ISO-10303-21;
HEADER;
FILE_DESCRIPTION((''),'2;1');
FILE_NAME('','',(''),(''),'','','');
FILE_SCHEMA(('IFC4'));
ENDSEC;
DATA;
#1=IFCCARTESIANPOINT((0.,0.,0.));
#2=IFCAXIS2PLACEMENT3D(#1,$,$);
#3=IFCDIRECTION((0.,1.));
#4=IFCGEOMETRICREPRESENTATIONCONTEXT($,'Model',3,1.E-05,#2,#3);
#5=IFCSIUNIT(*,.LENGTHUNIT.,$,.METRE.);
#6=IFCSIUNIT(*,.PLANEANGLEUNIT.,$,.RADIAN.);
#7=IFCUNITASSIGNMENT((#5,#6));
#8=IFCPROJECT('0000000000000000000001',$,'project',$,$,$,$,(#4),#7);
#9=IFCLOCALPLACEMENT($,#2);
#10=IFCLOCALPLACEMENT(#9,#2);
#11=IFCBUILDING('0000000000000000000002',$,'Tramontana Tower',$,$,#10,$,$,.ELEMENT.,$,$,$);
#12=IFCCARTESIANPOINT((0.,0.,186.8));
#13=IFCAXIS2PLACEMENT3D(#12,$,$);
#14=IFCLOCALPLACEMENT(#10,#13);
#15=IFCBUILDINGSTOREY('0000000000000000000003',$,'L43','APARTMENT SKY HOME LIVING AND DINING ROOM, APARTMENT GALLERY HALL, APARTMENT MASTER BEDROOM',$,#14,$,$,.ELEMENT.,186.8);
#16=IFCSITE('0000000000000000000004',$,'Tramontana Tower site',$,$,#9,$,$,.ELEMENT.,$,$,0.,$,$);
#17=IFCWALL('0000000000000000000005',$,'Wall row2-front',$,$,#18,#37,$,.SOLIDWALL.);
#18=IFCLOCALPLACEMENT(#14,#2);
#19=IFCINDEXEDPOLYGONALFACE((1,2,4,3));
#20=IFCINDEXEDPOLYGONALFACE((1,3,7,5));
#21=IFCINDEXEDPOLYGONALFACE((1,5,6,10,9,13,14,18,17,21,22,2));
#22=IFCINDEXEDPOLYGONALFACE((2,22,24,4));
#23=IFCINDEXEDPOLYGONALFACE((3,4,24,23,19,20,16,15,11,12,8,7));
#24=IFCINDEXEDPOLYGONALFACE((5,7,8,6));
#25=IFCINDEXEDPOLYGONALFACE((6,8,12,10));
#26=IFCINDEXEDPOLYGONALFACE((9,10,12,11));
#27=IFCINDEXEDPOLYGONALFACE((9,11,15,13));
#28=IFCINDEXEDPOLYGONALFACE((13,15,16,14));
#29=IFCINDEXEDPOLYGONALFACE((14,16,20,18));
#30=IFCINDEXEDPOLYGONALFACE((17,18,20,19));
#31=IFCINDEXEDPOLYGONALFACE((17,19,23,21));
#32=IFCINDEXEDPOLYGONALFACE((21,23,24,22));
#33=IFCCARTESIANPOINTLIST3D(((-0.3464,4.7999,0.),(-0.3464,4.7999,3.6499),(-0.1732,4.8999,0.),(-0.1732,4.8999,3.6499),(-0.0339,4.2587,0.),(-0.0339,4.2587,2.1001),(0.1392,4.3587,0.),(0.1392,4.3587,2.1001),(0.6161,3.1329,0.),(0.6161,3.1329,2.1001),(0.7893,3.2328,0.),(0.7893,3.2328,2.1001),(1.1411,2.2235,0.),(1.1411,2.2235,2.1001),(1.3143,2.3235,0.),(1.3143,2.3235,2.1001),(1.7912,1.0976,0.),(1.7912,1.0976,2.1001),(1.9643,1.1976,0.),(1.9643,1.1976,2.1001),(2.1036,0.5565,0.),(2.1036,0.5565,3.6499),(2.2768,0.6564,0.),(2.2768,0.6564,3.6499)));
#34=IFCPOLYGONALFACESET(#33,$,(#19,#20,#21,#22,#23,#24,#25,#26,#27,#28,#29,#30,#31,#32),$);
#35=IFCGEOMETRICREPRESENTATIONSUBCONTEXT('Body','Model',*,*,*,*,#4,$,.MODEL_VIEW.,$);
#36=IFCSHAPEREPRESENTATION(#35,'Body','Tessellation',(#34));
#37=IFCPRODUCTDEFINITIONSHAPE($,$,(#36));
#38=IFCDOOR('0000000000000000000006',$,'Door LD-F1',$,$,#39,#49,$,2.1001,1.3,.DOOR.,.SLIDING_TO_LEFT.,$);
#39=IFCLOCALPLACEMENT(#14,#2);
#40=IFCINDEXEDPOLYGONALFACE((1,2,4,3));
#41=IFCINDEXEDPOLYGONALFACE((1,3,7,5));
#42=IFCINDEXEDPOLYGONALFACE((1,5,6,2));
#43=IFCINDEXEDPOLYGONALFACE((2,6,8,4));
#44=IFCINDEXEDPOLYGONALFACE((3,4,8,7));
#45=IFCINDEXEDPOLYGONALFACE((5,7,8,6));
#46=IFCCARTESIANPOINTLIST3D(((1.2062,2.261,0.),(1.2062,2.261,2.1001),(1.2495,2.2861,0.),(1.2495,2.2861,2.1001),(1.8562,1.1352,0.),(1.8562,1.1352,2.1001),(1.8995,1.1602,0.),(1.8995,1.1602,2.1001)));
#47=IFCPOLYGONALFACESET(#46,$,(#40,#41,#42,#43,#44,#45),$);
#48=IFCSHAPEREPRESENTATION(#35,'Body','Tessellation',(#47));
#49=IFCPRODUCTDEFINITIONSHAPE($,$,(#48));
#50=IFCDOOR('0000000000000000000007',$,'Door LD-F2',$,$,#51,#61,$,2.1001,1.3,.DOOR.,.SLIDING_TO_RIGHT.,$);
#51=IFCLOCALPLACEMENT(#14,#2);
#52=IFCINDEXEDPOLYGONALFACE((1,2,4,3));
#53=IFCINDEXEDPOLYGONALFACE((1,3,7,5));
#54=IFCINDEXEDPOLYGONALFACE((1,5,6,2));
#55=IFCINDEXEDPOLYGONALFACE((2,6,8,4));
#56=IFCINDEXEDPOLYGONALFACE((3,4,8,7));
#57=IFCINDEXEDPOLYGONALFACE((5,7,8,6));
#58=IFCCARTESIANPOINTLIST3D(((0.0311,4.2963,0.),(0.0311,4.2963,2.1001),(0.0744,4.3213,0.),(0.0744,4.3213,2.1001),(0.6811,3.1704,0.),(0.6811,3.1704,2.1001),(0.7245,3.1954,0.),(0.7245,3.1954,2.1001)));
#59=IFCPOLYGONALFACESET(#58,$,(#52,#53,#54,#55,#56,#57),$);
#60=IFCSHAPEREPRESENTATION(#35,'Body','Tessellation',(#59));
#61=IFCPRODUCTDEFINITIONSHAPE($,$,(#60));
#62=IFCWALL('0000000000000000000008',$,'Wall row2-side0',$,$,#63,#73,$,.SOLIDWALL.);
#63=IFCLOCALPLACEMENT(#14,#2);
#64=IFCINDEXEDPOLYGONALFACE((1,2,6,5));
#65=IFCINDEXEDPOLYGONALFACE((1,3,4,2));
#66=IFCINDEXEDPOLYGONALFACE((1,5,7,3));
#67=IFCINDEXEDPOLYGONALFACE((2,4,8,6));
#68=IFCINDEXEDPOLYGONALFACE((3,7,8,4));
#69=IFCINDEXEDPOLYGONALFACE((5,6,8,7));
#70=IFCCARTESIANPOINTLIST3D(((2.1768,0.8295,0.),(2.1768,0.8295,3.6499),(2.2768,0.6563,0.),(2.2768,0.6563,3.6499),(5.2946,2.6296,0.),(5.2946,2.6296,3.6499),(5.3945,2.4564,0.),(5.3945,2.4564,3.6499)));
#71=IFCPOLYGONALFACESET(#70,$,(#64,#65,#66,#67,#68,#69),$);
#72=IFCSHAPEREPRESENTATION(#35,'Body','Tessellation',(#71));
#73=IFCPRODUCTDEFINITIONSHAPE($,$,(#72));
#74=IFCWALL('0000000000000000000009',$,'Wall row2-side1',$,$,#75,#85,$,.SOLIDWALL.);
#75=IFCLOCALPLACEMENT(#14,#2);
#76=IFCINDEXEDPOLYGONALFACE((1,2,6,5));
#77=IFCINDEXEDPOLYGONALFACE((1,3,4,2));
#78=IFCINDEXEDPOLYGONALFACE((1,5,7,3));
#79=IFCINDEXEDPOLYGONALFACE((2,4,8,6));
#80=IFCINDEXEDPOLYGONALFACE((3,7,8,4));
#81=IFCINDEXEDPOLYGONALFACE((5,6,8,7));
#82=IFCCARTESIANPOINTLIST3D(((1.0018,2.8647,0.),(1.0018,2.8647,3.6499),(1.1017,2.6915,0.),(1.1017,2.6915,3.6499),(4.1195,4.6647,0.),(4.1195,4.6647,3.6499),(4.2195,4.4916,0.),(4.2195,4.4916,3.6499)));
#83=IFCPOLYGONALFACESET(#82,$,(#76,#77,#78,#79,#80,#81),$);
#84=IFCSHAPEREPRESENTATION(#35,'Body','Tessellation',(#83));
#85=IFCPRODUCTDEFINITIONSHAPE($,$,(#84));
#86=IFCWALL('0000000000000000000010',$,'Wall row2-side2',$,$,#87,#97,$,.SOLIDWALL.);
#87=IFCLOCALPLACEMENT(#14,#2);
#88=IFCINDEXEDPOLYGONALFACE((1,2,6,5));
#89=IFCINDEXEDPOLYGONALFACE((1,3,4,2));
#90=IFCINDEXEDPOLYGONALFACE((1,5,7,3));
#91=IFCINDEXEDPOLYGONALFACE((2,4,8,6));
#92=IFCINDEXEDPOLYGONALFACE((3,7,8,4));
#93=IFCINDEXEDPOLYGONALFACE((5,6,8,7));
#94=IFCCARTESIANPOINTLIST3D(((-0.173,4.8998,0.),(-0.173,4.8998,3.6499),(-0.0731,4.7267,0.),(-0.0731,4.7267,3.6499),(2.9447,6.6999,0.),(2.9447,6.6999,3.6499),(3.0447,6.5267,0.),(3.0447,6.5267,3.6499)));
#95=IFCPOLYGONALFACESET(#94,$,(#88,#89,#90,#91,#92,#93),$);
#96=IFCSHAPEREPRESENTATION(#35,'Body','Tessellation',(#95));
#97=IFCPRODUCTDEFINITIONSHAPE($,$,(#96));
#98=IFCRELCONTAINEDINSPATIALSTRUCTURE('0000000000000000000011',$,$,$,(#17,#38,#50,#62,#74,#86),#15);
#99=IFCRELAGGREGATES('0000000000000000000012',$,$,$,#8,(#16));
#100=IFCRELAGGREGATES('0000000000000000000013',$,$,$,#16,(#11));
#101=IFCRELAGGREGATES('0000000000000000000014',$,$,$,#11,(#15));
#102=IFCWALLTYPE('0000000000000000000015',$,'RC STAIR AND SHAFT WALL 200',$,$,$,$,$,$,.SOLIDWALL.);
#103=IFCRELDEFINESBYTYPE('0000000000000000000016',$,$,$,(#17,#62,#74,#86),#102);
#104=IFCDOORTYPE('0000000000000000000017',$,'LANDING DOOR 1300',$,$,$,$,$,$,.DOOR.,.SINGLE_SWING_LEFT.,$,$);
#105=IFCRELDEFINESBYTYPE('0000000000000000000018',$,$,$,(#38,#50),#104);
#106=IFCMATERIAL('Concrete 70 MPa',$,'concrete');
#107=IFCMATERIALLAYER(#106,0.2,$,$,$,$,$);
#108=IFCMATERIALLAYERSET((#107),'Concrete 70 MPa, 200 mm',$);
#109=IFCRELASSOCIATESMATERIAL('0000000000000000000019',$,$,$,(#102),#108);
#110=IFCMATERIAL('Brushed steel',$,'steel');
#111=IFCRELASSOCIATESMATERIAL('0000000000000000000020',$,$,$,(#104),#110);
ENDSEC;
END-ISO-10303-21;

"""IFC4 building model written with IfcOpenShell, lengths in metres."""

from ifc_helpers import new_model, si_unit, direction, frame, frame_2d, origin, place, context, subcontext, project, spatial, rectangle, extrude, material, layer, layer_set, type_object, element, fill, save


model = new_model("IFC4")

# Units and contexts
model_context = context("Model", 3, precision=1e-05, world=origin(), true_north=direction((0.0, 1.0)))
body_context = subcontext(model_context, "Body", "Model", "MODEL_VIEW")
ifc_project = project(units=[si_unit("LENGTHUNIT", "METRE"), si_unit("PLANEANGLEUNIT", "RADIAN")], contexts=[model_context])

# Site, building, storey
site_placement = place(None, origin())
site = spatial("IfcSite", under=ifc_project, at=site_placement, Name="Tramontana Tower site", CompositionType="ELEMENT", RefElevation=0.0)
building_placement = place(site_placement, origin())
building = spatial("IfcBuilding", under=site, at=building_placement, Name="Tramontana Tower", CompositionType="ELEMENT")
storey_placement = place(building_placement, frame((0.0, 0.0, 186.8)))
storey = spatial("IfcBuildingStorey", under=building, at=storey_placement, Name="L43", Description="APARTMENT SKY HOME LIVING AND DINING ROOM, APARTMENT GALLERY HALL, APARTMENT MASTER BEDROOM", CompositionType="ELEMENT", Elevation=186.8)

# Shared definitions
ifc_material_1 = material(Name="Concrete 70 MPa", Category="concrete")
ifc_layer_1 = layer(ifc_material_1, 0.2)
ifc_layer_set_1 = layer_set([ifc_layer_1], Name="Concrete 70 MPa, 200 mm")
wall_type_1 = type_object("IfcWallType", Name="RC STAIR AND SHAFT WALL 200", PredefinedType="SOLIDWALL", material=ifc_layer_set_1)

# Wall, openings, doors
wall_1_placement = place(storey_placement, frame((2.1902, 0.6064, 0.0), z_axis=(0.0, 0.0, 1.0), x_axis=(-0.500003, 0.866024, 0.0)))
wall_1 = element("IfcWall", 1, at=wall_1_placement, inside=storey, type_object=wall_type_1, Name="Wall row2-front", PredefinedType="SOLIDWALL", context=body_context, shape_type="SweptSolid", body=[
    extrude(rectangle(XDim=4.8999, YDim=0.2, at=frame_2d((2.45, 0.0))), origin(), (0.0, 0.0, 1.0), 3.6499),
])
opening_1_placement = place(wall_1_placement, frame((0.625, 0.0, 0.0)))
opening_1 = element("IfcOpeningElement", 2, at=opening_1_placement, cuts=wall_1, PredefinedType="OPENING", context=body_context, shape_type="SweptSolid", body=[
    extrude(rectangle(XDim=1.3, YDim=2.1001, at=frame_2d((0.6499, 1.05))), frame((0.0, 0.1099, 0.0), z_axis=(0.0, -1.0, 0.0), x_axis=(1.0, 0.0, 0.0)), (0.0, 0.0, 1.0), 0.22),
])
opening_2_placement = place(wall_1_placement, frame((2.9751, 0.0, 0.0)))
opening_2 = element("IfcOpeningElement", 3, at=opening_2_placement, cuts=wall_1, PredefinedType="OPENING", context=body_context, shape_type="SweptSolid", body=[
    extrude(rectangle(XDim=1.3, YDim=2.1001, at=frame_2d((0.6499, 1.05))), frame((0.0, 0.1099, 0.0), z_axis=(0.0, -1.0, 0.0), x_axis=(1.0, 0.0, 0.0)), (0.0, 0.0, 1.0), 0.22),
])
ifc_material_2 = material(Name="Brushed steel", Category="steel")
door_type_1 = type_object("IfcDoorType", Name="LANDING DOOR 1300", OperationType="SINGLE_SWING_LEFT", PredefinedType="DOOR", material=ifc_material_2)
door_1_placement = place(opening_1_placement, origin())
door_1 = element("IfcDoor", 4, at=door_1_placement, inside=storey, type_object=door_type_1, Name="Door LD-F1", OperationType="SLIDING_TO_LEFT", OverallHeight=2.1001, OverallWidth=1.3, PredefinedType="DOOR", context=body_context, shape_type="SweptSolid", body=[
    extrude(rectangle(XDim=1.3, YDim=2.1001, at=frame_2d((0.6499, 1.05))), frame((0.0, 0.0249, 0.0), z_axis=(0.0, -1.0, 0.0), x_axis=(1.0, 0.0, 0.0)), (0.0, 0.0, 1.0), 0.05),
])
fill(opening_1, door_1)
door_2_placement = place(opening_2_placement, origin())
door_2 = element("IfcDoor", 5, at=door_2_placement, inside=storey, type_object=door_type_1, Name="Door LD-F2", OperationType="SLIDING_TO_RIGHT", OverallHeight=2.1001, OverallWidth=1.3, PredefinedType="DOOR", context=body_context, shape_type="SweptSolid", body=[
    extrude(rectangle(XDim=1.3, YDim=2.1001, at=frame_2d((0.6499, 1.05))), frame((0.0, 0.0249, 0.0), z_axis=(0.0, -1.0, 0.0), x_axis=(1.0, 0.0, 0.0)), (0.0, 0.0, 1.0), 0.05),
])
fill(opening_2, door_2)

# Walls
for number, where, z_axis, x_axis, name in (
    (6, (2.2268, 0.7429, 0.0), (0.0, 0.0, 1.0), (0.866018, 0.500012, 0.0), "Wall row2-side0"),
    (7, (1.0518, 2.7781, 0.0), (0.0, 0.0, 1.0), (0.866018, 0.500012, 0.0), "Wall row2-side1"),
    (8, (-0.123, 4.8132, 0.0), (0.0, 0.0, 1.0), (0.866018, 0.500012, 0.0), "Wall row2-side2"),
):
    element("IfcWall", number, at=place(storey_placement, frame(where, z_axis=z_axis, x_axis=x_axis)), inside=storey, type_object=wall_type_1, Name=name, PredefinedType="SOLIDWALL", context=body_context, shape_type="SweptSolid", body=[
        extrude(rectangle(XDim=3.6001, YDim=0.2, at=frame_2d((1.8, 0.0))), origin(), (0.0, 0.0, 1.0), 3.6499),
    ])

save(model, "model.ifc")
